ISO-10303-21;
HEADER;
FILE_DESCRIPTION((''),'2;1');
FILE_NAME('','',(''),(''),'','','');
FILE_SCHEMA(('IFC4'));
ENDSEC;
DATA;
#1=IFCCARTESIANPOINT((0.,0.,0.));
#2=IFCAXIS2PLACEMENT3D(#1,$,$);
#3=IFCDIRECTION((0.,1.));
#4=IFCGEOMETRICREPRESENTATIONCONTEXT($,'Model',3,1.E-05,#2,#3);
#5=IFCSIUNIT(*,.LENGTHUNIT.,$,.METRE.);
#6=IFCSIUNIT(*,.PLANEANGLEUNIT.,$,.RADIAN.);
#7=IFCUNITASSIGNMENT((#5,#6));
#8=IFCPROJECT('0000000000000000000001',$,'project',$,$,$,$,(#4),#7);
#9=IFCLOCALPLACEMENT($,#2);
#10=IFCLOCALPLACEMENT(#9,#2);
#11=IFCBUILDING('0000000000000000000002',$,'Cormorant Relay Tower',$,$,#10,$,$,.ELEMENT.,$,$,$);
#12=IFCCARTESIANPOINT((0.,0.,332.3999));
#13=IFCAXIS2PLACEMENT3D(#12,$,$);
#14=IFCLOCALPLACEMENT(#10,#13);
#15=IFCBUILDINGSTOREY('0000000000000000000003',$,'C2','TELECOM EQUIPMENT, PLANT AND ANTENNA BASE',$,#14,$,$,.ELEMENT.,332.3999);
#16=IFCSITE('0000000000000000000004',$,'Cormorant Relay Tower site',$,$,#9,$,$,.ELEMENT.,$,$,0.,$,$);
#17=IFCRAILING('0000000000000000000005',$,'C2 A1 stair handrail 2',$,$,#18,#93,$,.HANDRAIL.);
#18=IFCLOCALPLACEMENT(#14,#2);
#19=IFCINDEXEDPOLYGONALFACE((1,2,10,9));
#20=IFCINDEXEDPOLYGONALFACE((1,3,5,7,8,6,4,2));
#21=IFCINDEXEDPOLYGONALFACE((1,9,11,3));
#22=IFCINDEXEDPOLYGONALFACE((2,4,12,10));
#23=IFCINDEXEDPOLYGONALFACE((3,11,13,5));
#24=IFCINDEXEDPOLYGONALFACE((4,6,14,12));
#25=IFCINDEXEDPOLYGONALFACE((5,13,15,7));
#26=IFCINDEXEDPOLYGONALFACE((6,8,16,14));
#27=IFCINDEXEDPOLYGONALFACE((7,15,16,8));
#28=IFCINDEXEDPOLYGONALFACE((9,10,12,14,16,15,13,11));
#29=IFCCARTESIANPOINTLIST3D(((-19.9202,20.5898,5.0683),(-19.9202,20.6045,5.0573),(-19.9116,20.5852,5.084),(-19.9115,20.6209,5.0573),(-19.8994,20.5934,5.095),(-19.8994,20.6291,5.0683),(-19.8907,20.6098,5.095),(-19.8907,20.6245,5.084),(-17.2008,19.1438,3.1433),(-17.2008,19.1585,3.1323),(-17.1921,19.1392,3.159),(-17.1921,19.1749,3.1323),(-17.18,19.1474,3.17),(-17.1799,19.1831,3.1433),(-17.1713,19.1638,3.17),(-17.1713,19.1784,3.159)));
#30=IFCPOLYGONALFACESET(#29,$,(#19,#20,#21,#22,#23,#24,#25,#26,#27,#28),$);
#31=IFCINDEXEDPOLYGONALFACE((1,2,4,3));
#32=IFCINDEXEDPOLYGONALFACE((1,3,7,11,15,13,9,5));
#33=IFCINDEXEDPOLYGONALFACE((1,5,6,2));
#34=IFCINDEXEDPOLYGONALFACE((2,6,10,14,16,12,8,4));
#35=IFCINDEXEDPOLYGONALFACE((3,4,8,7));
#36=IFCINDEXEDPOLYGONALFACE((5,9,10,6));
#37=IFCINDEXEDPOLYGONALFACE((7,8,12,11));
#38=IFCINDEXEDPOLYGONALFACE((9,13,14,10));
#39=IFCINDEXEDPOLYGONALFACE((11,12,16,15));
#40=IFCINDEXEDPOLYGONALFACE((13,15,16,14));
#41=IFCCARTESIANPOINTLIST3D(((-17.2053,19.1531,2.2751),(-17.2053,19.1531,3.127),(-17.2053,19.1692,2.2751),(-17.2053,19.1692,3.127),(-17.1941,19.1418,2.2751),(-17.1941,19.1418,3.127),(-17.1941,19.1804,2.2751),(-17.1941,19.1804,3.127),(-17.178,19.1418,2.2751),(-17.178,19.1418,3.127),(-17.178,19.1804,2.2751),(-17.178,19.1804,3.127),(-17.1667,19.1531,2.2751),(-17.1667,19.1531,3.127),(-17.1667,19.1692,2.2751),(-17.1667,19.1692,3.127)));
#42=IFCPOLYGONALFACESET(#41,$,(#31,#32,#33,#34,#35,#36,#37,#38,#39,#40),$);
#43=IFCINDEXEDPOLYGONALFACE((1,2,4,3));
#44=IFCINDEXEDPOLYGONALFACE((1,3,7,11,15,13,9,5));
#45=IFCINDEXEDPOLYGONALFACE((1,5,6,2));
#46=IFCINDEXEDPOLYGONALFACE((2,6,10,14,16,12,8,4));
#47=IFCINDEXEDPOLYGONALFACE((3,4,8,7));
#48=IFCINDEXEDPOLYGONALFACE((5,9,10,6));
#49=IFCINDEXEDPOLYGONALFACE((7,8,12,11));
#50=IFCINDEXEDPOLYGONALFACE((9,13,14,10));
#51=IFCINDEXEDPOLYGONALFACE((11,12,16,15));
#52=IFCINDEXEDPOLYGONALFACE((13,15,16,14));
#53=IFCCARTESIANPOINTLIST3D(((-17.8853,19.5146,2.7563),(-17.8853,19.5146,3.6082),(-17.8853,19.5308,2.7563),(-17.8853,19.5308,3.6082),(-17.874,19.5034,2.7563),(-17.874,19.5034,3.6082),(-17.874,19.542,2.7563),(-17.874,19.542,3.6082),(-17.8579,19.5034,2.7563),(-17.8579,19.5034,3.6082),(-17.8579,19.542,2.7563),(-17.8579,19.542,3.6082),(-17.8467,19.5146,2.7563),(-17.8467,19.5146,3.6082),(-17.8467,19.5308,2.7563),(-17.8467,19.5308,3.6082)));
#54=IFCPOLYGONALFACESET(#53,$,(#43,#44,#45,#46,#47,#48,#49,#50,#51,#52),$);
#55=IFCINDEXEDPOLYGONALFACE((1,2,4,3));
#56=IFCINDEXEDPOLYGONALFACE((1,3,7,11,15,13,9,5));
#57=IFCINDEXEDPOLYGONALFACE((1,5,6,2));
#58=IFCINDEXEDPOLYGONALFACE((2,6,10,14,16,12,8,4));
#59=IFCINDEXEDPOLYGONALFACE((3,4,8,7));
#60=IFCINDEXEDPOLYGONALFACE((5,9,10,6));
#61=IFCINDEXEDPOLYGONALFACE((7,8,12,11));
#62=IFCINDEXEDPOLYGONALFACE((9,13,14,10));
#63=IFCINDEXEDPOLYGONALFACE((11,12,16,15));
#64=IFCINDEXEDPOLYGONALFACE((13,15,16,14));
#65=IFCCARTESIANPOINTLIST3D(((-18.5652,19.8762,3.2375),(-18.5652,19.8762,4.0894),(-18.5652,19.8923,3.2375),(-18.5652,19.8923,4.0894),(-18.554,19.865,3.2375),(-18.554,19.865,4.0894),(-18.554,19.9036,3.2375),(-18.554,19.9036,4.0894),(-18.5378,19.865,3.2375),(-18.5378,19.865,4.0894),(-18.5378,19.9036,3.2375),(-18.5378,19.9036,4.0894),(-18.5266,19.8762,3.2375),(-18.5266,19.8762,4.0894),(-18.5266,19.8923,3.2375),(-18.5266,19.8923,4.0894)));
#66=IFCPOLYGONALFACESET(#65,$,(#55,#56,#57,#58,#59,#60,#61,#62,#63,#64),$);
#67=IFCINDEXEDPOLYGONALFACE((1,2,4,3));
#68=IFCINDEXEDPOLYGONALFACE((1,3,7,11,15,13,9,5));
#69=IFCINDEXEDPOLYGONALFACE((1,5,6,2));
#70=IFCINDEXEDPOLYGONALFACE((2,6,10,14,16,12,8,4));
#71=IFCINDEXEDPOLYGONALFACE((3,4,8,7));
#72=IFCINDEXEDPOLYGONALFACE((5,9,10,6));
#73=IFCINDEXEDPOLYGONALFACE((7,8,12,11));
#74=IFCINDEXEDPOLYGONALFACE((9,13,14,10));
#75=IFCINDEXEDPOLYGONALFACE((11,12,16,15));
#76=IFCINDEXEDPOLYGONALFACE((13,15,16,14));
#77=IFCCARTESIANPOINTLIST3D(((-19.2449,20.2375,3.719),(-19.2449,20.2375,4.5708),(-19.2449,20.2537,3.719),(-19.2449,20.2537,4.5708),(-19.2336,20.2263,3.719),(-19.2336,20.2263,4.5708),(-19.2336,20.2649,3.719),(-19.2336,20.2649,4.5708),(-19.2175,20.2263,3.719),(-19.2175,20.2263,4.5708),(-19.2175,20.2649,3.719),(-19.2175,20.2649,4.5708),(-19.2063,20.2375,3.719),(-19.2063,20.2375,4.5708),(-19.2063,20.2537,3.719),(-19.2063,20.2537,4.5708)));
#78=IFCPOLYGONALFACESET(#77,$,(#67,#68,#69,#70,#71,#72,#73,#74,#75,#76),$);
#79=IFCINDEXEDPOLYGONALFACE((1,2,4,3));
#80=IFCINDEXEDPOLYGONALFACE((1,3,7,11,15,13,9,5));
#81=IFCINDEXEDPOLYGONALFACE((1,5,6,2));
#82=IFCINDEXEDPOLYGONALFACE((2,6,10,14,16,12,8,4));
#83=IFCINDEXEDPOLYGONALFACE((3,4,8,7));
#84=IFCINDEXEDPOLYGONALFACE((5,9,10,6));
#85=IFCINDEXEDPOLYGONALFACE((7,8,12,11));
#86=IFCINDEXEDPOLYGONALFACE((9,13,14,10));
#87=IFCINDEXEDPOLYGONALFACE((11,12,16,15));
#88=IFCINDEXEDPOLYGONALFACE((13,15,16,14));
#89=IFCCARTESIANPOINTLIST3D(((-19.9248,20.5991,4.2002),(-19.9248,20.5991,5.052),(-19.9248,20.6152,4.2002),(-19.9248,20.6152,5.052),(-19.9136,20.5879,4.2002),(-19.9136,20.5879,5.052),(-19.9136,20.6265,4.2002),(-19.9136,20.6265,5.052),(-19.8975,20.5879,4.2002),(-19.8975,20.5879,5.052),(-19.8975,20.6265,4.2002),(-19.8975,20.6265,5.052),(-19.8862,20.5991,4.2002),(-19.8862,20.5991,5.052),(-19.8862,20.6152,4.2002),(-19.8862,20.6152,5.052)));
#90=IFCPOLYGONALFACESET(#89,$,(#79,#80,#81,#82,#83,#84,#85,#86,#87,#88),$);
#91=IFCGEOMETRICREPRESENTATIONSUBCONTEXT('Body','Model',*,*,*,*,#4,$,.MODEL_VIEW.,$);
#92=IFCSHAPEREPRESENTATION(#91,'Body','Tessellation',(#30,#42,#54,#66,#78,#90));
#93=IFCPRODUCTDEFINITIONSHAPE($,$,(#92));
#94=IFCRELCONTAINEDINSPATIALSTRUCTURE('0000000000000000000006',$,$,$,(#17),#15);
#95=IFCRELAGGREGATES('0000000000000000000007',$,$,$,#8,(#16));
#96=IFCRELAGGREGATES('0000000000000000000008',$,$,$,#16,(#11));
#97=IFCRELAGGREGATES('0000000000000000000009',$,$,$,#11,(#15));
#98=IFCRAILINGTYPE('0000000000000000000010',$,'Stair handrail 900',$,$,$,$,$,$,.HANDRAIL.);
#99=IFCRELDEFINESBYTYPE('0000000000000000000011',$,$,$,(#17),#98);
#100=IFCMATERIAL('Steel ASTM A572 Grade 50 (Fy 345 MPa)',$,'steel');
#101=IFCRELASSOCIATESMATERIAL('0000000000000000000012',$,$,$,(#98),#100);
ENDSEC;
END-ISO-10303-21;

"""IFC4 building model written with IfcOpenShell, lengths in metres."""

from ifc_helpers import new_model, si_unit, direction, frame, origin, place, context, subcontext, project, spatial, polyline, outline, extrude, material, type_object, element, save


model = new_model("IFC4")

# Units and contexts
model_context = context("Model", 3, precision=1e-05, world=origin(), true_north=direction((0.0, 1.0)))
body_context = subcontext(model_context, "Body", "Model", "MODEL_VIEW")
ifc_project = project(units=[si_unit("LENGTHUNIT", "METRE"), si_unit("PLANEANGLEUNIT", "RADIAN")], contexts=[model_context])

# Site, building, storey
site_placement = place(None, origin())
site = spatial("IfcSite", under=ifc_project, at=site_placement, Name="Cormorant Relay Tower site", CompositionType="ELEMENT", RefElevation=0.0)
building_placement = place(site_placement, origin())
building = spatial("IfcBuilding", under=site, at=building_placement, Name="Cormorant Relay Tower", CompositionType="ELEMENT")
storey_placement = place(building_placement, frame((0.0, 0.0, 332.3999)))
storey = spatial("IfcBuildingStorey", under=building, at=storey_placement, Name="C2", Description="TELECOM EQUIPMENT, PLANT AND ANTENNA BASE", CompositionType="ELEMENT", Elevation=332.3999)

# Railing
ifc_material_1 = material(Name="Steel ASTM A572 Grade 50 (Fy 345 MPa)", Category="steel")
railing_type = type_object("IfcRailingType", Name="Stair handrail 900", PredefinedType="HANDRAIL", material=ifc_material_1)
railing_placement = place(storey_placement, frame((-17.186, 19.1611, 2.2751)))
element("IfcRailing", 1, at=railing_placement, inside=storey, type_object=railing_type, Name="C2 A1 stair handrail 2", PredefinedType="HANDRAIL", context=body_context, shape_type="SweptSolid", body=[
    extrude(outline(polyline([(0.0222, 0.0093), (0.0093, 0.0222), (-0.0093, 0.0222), (-0.0222, 0.0093), (-0.0222, -0.0093), (-0.0093, -0.0222), (0.0093, -0.0222), (0.0222, -0.0093), (0.0222, 0.0093)])), frame((0.0, 0.0, 0.876), z_axis=(-0.748727, 0.398125, 0.530004), x_axis=(-0.469489, -0.882938, 0.0)), (0.0, 0.0, 1.0), 3.6321),
    extrude(outline(polyline([(0.0193, 0.0081), (0.0081, 0.0193), (-0.0081, 0.0193), (-0.0193, 0.0081), (-0.0193, -0.0081), (-0.0081, -0.0193), (0.0081, -0.0193), (0.0193, -0.0081), (0.0193, 0.0081)])), origin(), (0.0, 0.0, 1.0), 0.8518),
    extrude(outline(polyline([(0.0193, 0.0081), (0.0081, 0.0193), (-0.0081, 0.0193), (-0.0193, 0.0081), (-0.0193, -0.0081), (-0.0081, -0.0193), (0.0081, -0.0193), (0.0193, -0.0081), (0.0193, 0.0081)])), frame((-0.6799, 0.3616, 0.4812)), (0.0, 0.0, 1.0), 0.8518),
    extrude(outline(polyline([(0.0193, 0.0081), (0.0081, 0.0193), (-0.0081, 0.0193), (-0.0193, 0.0081), (-0.0193, -0.0081), (-0.0081, -0.0193), (0.0081, -0.0193), (0.0193, -0.0081), (0.0193, 0.0081)])), frame((-1.3599, 0.7231, 0.9624)), (0.0, 0.0, 1.0), 0.8518),
    extrude(outline(polyline([(0.0193, 0.0081), (0.0081, 0.0193), (-0.0081, 0.0193), (-0.0193, 0.0081), (-0.0193, -0.0081), (-0.0081, -0.0193), (0.0081, -0.0193), (0.0193, -0.0081), (0.0193, 0.0081)])), frame((-2.0396, 1.0845, 1.4438)), (0.0, 0.0, 1.0), 0.8518),
    extrude(outline(polyline([(0.0193, 0.0081), (0.0081, 0.0193), (-0.0081, 0.0193), (-0.0193, 0.0081), (-0.0193, -0.0081), (-0.0081, -0.0193), (0.0081, -0.0193), (0.0193, -0.0081), (0.0193, 0.0081)])), frame((-2.7195, 1.446, 1.925)), (0.0, 0.0, 1.0), 0.8518),
])

save(model, "model.ifc")
